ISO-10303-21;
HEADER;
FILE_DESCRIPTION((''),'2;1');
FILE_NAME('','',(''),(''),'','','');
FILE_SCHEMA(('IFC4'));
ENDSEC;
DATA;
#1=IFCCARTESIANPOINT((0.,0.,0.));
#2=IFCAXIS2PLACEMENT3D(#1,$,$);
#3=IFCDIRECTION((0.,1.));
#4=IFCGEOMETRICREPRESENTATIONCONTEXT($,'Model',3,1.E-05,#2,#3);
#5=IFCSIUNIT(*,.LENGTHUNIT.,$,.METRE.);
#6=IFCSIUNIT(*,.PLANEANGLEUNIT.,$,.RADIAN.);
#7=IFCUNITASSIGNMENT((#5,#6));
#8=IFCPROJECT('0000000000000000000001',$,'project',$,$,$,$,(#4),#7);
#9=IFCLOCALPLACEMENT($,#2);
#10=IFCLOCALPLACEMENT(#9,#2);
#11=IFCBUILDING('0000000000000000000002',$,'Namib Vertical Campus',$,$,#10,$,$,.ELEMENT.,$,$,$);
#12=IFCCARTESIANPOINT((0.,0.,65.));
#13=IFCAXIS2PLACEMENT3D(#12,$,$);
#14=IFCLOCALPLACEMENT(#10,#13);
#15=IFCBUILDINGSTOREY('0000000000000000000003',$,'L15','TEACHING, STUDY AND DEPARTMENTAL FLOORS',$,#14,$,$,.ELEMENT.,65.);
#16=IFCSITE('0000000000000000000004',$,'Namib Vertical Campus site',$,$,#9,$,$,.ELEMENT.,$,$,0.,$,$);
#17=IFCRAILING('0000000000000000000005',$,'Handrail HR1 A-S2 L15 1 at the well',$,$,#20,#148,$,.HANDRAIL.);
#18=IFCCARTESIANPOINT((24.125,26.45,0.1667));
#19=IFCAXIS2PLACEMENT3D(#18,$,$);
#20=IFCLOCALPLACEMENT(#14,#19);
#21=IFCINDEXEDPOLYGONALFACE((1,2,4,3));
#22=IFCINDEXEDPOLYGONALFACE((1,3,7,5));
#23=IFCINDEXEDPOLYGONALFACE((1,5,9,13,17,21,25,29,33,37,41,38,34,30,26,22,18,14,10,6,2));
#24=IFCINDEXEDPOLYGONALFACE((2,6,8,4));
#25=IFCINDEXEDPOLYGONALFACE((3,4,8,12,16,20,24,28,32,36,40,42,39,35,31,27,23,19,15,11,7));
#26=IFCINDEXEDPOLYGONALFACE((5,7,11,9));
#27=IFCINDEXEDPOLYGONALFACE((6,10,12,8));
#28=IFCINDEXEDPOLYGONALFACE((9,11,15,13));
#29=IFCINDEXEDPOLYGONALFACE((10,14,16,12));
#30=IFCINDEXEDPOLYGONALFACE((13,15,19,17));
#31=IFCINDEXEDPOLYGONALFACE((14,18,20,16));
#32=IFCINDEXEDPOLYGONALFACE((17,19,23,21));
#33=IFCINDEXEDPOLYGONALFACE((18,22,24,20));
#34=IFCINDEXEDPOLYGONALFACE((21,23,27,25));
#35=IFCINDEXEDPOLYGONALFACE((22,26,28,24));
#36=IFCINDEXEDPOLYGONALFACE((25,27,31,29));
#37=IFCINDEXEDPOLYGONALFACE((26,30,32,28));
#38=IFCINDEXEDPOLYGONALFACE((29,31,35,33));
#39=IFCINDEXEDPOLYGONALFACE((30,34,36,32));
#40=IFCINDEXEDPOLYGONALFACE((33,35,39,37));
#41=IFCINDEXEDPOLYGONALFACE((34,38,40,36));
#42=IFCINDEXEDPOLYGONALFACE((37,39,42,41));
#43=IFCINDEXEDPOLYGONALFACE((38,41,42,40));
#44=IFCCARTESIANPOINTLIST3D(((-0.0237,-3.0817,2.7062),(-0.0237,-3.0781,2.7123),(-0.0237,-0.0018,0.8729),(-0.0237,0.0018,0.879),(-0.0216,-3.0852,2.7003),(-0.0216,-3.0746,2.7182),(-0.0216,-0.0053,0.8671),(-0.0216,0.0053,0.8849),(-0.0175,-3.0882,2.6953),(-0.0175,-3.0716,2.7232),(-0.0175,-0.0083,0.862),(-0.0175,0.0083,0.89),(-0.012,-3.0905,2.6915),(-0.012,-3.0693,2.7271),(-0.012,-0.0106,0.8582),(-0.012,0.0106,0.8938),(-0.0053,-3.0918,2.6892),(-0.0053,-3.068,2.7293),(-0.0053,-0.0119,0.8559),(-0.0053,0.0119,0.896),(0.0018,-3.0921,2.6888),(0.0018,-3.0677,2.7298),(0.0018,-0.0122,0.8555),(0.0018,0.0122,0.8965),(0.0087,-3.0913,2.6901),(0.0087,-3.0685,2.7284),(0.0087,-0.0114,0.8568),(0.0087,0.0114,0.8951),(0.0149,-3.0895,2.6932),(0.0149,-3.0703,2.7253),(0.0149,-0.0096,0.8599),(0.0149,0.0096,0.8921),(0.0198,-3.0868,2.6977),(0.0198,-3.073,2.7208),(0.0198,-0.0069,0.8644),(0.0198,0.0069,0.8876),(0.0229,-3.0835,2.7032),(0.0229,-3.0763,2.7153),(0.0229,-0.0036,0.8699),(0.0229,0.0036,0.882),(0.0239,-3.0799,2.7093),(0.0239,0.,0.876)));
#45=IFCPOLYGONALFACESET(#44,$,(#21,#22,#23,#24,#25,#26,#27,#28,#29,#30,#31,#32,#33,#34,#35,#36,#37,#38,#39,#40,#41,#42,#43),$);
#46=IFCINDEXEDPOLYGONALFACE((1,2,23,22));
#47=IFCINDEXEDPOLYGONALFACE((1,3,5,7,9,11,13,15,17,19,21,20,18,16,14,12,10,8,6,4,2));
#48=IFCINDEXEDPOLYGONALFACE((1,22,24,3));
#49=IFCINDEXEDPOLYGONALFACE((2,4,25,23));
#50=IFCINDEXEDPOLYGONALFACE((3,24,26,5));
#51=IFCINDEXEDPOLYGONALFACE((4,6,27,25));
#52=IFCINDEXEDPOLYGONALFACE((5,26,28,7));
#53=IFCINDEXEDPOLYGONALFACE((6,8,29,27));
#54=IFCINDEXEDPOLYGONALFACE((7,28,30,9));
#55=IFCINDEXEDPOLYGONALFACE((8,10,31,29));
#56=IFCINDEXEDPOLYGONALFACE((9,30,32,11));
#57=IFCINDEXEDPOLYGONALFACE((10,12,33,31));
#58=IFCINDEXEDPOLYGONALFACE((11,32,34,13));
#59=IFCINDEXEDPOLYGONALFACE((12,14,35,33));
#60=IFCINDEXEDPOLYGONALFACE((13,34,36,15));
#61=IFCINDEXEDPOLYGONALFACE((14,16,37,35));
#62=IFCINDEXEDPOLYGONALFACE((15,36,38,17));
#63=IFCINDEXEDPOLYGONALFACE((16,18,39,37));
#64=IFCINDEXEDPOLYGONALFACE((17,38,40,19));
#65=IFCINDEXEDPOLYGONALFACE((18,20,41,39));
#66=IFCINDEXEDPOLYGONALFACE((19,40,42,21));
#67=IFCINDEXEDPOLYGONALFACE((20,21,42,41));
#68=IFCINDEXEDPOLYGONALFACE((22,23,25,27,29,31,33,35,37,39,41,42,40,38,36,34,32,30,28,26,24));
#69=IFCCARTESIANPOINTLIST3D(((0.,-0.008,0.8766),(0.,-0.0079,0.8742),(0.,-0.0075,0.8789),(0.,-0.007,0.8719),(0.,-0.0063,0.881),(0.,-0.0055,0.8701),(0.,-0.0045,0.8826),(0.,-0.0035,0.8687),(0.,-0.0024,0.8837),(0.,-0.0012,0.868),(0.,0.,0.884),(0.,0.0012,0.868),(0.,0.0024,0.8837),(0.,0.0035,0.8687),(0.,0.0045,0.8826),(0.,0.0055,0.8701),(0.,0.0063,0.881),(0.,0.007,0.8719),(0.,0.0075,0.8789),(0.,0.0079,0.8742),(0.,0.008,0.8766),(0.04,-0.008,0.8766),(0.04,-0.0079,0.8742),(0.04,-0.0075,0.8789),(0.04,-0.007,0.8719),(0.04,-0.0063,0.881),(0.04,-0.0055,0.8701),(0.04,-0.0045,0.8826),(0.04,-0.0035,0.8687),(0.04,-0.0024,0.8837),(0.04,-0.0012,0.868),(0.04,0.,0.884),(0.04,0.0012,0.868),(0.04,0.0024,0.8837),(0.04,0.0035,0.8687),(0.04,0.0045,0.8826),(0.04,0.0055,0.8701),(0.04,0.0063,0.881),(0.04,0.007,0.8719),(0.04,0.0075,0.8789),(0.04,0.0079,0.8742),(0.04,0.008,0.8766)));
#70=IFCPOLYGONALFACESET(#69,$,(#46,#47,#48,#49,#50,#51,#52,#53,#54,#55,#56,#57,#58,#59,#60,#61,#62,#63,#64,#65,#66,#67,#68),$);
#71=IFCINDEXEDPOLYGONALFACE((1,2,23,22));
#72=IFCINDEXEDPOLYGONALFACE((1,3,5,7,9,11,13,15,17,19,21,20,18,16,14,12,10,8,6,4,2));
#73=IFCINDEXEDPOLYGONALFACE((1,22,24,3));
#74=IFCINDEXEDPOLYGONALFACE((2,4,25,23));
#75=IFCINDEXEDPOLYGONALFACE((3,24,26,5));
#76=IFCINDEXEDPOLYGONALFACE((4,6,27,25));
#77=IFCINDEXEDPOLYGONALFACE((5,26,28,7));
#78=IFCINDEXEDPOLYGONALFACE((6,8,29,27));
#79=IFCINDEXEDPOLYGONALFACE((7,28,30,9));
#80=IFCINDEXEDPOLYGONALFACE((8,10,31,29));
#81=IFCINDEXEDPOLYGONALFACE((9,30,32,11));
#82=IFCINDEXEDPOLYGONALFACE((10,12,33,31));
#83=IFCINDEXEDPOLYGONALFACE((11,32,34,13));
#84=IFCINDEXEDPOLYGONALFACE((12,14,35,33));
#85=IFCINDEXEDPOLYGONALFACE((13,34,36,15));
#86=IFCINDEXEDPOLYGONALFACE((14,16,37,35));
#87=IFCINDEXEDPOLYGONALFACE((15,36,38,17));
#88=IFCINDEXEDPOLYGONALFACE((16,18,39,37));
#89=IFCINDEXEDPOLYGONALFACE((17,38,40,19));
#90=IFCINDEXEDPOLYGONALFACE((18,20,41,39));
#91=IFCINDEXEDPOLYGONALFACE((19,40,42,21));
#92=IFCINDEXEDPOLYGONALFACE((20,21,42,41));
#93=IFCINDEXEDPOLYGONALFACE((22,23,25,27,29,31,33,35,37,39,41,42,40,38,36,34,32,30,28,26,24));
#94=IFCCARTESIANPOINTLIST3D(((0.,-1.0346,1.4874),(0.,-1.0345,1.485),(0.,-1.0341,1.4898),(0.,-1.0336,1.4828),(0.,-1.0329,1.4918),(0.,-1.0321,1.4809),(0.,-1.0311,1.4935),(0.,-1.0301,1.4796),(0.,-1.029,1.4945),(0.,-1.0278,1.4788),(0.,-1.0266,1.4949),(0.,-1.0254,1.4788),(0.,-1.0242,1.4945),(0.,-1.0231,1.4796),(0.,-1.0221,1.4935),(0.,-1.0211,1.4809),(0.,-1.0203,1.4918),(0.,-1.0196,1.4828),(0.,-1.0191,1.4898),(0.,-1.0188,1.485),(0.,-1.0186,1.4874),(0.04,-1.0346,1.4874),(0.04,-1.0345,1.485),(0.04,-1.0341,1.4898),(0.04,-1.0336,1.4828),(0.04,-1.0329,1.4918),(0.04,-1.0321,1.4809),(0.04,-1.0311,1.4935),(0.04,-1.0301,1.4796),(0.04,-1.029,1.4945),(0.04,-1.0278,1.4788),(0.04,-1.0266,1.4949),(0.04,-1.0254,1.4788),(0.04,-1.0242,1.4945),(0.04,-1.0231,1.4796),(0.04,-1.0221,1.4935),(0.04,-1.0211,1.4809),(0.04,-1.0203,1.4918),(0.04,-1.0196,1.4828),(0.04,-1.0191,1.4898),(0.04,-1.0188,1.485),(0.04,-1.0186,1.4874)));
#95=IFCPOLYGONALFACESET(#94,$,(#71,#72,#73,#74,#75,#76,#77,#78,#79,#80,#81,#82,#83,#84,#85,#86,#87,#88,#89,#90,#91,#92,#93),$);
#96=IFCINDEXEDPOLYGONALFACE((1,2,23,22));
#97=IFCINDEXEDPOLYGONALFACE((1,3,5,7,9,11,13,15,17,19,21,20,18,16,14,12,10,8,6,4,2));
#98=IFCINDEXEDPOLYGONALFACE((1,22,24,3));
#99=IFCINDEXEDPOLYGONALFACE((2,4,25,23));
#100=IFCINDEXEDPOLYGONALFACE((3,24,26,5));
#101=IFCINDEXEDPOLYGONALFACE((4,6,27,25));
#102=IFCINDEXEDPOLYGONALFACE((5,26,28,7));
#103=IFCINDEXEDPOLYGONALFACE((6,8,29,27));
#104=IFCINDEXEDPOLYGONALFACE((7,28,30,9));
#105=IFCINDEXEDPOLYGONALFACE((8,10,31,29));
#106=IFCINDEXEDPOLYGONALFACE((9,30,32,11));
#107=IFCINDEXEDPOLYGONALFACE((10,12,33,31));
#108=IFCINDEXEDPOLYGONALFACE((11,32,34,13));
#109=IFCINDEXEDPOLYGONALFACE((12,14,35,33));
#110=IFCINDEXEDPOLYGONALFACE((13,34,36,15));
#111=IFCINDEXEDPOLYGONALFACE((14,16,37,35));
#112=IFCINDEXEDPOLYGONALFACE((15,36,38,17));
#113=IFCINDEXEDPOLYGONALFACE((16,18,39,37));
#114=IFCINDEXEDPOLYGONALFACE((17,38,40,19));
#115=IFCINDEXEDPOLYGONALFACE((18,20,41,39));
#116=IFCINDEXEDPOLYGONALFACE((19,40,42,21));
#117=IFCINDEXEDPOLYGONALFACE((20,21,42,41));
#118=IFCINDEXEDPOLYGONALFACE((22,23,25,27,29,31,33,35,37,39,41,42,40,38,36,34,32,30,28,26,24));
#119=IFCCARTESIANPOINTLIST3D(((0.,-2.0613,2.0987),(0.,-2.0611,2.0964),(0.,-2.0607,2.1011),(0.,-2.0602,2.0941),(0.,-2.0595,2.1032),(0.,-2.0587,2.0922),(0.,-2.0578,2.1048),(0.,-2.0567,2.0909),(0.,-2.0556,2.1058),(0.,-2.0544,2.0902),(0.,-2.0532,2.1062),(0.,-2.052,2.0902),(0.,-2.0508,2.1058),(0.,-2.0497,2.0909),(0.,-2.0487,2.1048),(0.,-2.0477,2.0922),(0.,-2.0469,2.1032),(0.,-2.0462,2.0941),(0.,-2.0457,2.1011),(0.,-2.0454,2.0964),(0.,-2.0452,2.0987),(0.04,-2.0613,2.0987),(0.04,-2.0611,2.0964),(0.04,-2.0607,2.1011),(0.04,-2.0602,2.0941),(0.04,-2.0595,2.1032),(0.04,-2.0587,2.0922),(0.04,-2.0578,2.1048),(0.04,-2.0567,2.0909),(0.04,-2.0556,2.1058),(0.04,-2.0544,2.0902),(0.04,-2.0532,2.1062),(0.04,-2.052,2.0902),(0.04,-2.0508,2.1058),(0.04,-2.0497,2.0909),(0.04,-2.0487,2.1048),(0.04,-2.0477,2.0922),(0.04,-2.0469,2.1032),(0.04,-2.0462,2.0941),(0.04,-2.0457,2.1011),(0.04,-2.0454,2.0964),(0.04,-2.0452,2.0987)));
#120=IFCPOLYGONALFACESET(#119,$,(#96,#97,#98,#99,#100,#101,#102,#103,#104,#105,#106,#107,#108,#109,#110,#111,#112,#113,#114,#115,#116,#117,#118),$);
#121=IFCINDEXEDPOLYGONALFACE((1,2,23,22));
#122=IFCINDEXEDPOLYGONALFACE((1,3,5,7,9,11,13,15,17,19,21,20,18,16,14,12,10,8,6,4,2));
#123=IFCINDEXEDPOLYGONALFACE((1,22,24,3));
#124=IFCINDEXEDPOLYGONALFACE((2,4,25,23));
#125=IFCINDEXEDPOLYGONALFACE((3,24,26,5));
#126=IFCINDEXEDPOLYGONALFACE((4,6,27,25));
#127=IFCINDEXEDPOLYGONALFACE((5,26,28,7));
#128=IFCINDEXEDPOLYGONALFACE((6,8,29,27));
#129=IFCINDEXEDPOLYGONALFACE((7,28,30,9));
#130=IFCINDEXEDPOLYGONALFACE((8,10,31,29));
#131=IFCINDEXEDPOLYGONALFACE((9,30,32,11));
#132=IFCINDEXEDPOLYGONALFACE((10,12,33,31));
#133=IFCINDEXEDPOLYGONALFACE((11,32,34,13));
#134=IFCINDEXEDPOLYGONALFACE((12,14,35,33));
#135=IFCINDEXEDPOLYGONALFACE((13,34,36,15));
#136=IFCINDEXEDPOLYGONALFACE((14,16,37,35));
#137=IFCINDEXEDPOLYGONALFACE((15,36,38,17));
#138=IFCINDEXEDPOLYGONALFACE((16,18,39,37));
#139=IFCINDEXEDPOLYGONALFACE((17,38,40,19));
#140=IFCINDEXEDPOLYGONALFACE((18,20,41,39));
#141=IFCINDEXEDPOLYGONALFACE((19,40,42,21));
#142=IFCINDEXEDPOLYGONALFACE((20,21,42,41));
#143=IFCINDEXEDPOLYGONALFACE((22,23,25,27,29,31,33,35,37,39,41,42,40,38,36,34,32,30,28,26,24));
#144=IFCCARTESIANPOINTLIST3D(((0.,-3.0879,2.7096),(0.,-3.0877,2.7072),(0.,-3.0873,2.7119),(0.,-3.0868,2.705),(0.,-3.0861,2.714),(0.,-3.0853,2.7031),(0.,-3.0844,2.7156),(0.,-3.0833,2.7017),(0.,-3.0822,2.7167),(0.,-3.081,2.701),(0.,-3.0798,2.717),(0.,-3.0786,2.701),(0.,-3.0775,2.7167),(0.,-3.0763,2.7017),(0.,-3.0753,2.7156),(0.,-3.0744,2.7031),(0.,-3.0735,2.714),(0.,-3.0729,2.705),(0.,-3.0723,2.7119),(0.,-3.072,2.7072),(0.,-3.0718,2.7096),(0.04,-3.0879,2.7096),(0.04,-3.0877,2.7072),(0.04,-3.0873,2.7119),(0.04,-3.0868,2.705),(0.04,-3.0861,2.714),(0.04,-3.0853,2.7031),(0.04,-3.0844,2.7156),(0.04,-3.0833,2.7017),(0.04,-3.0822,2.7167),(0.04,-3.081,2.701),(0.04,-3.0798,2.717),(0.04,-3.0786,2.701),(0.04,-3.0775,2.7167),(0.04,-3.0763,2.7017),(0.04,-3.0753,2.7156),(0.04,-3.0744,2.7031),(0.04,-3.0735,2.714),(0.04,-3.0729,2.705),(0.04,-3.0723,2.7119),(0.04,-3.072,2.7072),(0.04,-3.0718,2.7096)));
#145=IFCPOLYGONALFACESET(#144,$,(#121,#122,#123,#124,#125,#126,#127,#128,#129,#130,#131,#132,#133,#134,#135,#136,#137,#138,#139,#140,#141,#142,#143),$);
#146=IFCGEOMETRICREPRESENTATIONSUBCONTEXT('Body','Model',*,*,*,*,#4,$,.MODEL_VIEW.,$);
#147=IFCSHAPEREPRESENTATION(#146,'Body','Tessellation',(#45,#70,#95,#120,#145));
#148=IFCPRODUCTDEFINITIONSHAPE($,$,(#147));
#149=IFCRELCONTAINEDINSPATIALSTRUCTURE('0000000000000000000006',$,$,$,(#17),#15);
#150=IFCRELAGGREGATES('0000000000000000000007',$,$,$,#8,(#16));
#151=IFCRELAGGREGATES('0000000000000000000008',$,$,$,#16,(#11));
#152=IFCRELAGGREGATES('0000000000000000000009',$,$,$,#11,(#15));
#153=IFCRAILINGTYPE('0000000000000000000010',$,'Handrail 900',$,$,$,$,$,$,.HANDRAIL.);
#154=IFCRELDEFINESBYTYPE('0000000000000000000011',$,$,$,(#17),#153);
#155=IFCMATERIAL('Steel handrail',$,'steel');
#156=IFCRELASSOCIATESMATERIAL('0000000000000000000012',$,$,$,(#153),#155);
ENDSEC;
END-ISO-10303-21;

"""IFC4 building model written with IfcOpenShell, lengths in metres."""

from ifc_helpers import new_model, si_unit, direction, frame, origin, origin_2d, place, context, subcontext, project, spatial, circle, extrude, material, type_object, element, save


model = new_model("IFC4")

# Units and contexts
model_context = context("Model", 3, precision=1e-05, world=origin(), true_north=direction((0.0, 1.0)))
body_context = subcontext(model_context, "Body", "Model", "MODEL_VIEW")
ifc_project = project(units=[si_unit("LENGTHUNIT", "METRE"), si_unit("PLANEANGLEUNIT", "RADIAN")], contexts=[model_context])

# Site, building, storey
site_placement = place(None, origin())
site = spatial("IfcSite", under=ifc_project, at=site_placement, Name="Namib Vertical Campus site", CompositionType="ELEMENT", RefElevation=0.0)
building_placement = place(site_placement, origin())
building = spatial("IfcBuilding", under=site, at=building_placement, Name="Namib Vertical Campus", CompositionType="ELEMENT")
storey_placement = place(building_placement, frame((0.0, 0.0, 65.0)))
storey = spatial("IfcBuildingStorey", under=building, at=storey_placement, Name="L15", Description="TEACHING, STUDY AND DEPARTMENTAL FLOORS", CompositionType="ELEMENT", Elevation=65.0)

# Railing
ifc_material_1 = material(Name="Steel handrail", Category="steel")
railing_type_1 = type_object("IfcRailingType", Name="Handrail 900", PredefinedType="HANDRAIL", material=ifc_material_1)
railing_1_placement = place(storey_placement, frame((24.125, 26.45, 0.1667)))
element("IfcRailing", 1, at=railing_1_placement, inside=storey, type_object=railing_type_1, Name="Handrail HR1 A-S2 L15 1 at the well", PredefinedType="HANDRAIL", context=body_context, shape_type="SweptSolid", body=[
    extrude(circle(Radius=0.0239, at=origin_2d()), frame((0.0, 0.0, 0.876), z_axis=(0.0, -0.859291, 0.511487), x_axis=(1.0, 0.0, 0.0)), (0.0, 0.0, 1.0), 3.5842),
    extrude(circle(Radius=0.0081, at=origin_2d()), frame((0.0, 0.0, 0.876), z_axis=(1.0, 0.0, 0.0), x_axis=(0.0, 0.0, 1.0)), (0.0, 0.0, 1.0), 0.04),
    extrude(circle(Radius=0.0081, at=origin_2d()), frame((0.0, -1.0266, 1.4868), z_axis=(1.0, 0.0, 0.0), x_axis=(0.0, 0.0, 1.0)), (0.0, 0.0, 1.0), 0.04),
    extrude(circle(Radius=0.0081, at=origin_2d()), frame((0.0, -2.0532, 2.0981), z_axis=(1.0, 0.0, 0.0), x_axis=(0.0, 0.0, 1.0)), (0.0, 0.0, 1.0), 0.04),
    extrude(circle(Radius=0.0081, at=origin_2d()), frame((0.0, -3.0798, 2.709), z_axis=(1.0, 0.0, 0.0), x_axis=(0.0, 0.0, 1.0)), (0.0, 0.0, 1.0), 0.04),
])

save(model, "model.ifc")
